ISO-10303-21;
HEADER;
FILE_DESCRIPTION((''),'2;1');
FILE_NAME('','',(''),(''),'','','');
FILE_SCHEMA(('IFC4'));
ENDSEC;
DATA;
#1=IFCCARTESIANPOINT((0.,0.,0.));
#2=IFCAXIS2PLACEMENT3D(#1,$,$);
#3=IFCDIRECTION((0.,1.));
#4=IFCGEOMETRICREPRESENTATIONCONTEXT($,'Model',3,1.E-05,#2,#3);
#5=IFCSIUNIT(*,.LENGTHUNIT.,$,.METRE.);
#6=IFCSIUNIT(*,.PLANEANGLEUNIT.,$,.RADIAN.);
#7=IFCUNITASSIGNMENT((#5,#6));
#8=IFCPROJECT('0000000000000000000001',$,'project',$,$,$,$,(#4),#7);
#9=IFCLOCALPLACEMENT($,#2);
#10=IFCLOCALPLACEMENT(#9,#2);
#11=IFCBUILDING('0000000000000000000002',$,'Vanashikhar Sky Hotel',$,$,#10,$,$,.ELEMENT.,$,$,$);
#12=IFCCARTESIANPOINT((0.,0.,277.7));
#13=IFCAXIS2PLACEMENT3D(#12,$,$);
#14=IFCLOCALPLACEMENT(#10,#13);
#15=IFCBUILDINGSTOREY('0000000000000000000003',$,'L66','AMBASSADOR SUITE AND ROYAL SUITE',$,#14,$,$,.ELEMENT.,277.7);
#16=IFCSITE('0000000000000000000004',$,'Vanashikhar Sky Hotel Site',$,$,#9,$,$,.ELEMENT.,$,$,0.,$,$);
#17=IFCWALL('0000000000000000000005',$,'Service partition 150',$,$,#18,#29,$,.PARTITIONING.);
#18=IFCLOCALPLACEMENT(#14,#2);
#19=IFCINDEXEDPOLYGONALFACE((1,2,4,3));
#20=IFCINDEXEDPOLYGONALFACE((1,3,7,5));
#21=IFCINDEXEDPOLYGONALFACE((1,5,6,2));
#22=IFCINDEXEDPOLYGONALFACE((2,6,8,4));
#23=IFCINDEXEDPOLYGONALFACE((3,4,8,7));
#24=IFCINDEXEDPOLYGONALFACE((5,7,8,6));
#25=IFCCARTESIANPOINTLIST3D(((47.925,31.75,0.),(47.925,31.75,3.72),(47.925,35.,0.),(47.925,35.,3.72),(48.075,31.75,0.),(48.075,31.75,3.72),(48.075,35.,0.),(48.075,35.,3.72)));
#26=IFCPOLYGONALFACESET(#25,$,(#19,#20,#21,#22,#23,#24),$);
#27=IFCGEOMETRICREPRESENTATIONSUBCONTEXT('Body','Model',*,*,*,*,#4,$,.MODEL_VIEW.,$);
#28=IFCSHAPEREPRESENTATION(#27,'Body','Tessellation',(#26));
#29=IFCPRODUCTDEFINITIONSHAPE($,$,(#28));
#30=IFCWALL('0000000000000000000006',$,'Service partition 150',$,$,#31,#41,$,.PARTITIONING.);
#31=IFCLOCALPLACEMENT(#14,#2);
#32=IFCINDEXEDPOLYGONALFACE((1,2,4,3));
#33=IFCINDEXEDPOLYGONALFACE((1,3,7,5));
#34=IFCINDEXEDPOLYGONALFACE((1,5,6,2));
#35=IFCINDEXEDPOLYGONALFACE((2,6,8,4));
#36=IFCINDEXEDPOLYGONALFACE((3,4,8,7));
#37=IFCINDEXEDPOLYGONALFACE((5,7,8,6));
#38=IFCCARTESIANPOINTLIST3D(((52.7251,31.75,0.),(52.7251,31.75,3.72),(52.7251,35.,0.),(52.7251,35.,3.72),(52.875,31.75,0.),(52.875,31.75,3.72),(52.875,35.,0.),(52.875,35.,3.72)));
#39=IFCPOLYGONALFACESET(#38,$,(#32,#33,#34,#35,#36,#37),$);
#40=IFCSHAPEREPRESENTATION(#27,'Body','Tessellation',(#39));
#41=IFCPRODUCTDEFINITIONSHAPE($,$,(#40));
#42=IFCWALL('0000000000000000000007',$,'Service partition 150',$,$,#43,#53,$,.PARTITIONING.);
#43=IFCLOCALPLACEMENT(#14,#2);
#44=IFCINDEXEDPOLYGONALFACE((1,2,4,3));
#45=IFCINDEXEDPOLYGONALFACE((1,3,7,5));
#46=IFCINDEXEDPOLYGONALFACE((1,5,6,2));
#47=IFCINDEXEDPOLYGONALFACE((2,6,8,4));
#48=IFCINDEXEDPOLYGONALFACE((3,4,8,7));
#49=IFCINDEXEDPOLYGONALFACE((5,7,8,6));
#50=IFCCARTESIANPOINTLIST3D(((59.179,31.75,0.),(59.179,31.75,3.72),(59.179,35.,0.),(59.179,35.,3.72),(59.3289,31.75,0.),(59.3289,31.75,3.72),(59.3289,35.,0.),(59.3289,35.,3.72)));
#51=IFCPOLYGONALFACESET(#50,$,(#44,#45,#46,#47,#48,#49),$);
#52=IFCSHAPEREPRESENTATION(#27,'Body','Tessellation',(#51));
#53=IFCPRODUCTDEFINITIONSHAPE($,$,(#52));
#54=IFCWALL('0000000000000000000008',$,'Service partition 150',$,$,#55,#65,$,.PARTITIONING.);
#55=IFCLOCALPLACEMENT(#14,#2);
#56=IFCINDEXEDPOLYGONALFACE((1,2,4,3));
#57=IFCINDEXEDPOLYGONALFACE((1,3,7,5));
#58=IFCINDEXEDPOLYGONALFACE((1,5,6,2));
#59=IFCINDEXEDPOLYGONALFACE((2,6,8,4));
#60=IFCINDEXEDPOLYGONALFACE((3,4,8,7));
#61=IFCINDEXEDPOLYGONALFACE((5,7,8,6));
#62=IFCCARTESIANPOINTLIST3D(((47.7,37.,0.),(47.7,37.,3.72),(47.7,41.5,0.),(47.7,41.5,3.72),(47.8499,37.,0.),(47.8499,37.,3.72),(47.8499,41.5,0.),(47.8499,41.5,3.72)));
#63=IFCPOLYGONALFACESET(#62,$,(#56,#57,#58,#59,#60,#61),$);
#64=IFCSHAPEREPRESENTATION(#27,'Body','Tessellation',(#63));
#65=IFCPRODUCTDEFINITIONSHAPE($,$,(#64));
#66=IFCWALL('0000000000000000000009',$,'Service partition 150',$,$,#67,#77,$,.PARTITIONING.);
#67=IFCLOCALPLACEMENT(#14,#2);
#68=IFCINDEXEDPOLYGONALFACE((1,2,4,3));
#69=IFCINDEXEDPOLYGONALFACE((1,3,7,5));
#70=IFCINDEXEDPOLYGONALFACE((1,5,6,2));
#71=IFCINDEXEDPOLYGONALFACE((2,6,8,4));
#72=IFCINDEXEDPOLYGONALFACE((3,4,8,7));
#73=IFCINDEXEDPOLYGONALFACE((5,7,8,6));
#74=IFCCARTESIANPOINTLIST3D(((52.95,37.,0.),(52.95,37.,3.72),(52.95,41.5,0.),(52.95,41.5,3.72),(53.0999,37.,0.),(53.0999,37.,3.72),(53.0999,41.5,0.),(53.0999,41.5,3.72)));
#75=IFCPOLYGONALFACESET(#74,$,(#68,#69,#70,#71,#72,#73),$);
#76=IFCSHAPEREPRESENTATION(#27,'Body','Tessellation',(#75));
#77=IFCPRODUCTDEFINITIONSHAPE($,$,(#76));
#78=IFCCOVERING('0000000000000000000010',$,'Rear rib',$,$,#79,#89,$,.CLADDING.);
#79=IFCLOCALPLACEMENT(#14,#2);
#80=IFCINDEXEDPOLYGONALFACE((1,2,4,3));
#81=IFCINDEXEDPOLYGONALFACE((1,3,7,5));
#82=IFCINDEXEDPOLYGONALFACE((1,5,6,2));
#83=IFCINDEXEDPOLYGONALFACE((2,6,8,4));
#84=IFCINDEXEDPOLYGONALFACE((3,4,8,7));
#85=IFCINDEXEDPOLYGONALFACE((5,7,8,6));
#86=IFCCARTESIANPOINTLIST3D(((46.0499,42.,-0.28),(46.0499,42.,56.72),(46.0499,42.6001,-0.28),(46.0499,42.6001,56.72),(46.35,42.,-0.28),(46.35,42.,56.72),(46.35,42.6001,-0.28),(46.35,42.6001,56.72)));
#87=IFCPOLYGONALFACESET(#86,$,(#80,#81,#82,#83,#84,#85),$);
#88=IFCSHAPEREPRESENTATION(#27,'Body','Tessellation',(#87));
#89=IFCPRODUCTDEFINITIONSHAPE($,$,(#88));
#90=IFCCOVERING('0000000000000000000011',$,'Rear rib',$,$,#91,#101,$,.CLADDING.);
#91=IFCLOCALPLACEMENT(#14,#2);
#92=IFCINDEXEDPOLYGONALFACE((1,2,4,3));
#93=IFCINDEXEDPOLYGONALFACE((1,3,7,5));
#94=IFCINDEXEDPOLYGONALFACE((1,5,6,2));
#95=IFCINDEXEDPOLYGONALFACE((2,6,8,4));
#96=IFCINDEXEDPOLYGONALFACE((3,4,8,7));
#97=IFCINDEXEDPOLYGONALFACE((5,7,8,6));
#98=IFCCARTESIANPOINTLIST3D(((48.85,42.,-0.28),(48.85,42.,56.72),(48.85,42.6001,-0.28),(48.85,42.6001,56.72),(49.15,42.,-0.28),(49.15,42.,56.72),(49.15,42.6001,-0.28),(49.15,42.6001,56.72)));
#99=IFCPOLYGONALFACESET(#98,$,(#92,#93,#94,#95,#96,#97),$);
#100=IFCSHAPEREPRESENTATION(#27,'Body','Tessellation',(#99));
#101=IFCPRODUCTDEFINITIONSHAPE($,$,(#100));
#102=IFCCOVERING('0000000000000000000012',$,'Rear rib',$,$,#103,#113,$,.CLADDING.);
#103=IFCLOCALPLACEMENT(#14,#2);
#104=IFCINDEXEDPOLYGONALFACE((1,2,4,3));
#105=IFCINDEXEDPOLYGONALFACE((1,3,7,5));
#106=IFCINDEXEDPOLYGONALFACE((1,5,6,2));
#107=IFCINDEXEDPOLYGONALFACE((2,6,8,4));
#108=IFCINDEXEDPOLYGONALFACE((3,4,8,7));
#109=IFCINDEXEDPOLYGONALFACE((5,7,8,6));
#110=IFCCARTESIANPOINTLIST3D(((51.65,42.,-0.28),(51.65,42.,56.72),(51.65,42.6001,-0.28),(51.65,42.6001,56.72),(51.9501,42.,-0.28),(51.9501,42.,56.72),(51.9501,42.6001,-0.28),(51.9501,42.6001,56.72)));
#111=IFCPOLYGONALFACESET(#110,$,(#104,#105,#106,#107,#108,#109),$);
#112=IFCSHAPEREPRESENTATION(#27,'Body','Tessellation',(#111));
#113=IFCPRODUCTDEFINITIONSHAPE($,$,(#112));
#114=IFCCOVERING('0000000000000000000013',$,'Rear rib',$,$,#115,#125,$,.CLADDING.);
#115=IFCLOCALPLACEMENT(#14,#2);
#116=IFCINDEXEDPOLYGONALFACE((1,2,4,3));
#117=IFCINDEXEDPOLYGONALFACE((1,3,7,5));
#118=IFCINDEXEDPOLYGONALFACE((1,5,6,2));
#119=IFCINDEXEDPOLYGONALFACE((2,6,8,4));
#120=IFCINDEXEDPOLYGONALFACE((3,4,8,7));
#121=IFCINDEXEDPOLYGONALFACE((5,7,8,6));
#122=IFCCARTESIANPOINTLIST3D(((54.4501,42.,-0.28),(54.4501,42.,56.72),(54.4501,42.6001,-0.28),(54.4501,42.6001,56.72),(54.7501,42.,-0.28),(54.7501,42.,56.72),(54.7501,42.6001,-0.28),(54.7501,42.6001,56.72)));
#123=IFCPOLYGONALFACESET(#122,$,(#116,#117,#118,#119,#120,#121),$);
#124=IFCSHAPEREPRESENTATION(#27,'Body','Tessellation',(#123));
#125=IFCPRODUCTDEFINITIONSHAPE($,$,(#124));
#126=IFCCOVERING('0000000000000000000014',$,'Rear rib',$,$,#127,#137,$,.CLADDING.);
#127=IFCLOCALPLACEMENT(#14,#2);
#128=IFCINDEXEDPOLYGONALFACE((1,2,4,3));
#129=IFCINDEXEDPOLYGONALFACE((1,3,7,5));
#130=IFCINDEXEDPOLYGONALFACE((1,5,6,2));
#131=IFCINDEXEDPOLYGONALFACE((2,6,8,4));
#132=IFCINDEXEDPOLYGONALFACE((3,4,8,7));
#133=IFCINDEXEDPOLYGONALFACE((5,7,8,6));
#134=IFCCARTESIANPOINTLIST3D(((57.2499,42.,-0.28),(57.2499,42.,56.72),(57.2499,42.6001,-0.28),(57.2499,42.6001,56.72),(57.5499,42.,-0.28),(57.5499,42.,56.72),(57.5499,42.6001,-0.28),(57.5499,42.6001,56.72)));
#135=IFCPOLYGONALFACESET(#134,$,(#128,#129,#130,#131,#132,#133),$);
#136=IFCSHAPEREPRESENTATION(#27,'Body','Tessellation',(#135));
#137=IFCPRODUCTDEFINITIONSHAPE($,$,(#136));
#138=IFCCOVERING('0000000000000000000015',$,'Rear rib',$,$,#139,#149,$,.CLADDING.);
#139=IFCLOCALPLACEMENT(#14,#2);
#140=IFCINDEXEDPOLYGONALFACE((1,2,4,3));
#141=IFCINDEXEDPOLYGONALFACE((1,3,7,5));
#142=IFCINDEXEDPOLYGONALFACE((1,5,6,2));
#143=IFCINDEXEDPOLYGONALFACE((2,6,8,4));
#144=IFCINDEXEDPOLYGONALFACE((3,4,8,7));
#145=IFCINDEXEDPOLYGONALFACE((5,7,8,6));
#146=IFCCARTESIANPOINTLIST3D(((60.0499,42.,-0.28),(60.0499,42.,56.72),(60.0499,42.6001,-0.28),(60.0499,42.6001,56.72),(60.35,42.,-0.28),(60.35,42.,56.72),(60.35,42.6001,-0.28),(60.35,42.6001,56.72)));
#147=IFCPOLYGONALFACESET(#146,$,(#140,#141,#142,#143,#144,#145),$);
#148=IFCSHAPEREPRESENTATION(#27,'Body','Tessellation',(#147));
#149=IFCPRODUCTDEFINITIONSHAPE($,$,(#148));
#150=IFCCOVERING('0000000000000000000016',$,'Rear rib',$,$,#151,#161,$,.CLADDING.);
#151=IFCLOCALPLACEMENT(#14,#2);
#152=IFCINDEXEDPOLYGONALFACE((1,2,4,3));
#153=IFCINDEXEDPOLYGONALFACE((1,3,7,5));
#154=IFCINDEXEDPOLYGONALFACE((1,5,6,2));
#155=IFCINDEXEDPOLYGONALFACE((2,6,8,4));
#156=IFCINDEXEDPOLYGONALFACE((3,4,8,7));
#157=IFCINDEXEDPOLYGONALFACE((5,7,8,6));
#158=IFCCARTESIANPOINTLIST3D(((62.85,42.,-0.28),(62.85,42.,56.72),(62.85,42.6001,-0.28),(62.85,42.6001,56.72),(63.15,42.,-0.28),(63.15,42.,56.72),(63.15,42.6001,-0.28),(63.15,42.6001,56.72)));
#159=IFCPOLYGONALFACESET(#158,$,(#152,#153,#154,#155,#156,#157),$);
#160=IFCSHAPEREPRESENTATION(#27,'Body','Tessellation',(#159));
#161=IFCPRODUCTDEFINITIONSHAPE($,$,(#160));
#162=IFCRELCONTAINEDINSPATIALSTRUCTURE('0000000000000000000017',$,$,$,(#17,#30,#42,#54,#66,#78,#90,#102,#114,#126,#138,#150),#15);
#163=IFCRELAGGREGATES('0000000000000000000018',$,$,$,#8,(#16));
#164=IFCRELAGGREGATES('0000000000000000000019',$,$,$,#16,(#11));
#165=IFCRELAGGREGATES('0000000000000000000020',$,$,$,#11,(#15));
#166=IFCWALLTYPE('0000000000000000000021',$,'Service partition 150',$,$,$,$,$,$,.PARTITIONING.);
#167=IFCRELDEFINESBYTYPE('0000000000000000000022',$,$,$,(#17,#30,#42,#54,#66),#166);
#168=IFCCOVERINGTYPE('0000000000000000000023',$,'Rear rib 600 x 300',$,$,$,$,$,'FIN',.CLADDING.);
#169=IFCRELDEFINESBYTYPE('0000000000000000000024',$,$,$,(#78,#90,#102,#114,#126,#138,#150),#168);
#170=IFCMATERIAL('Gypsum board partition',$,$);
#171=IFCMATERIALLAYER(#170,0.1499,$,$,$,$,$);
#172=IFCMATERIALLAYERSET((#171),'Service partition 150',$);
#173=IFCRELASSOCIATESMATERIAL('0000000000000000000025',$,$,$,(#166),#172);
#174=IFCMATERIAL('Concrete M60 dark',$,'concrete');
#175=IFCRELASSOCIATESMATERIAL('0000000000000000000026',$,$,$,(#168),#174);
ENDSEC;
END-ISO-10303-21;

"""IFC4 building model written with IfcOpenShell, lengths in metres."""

from ifc_helpers import new_model, si_unit, direction, frame, frame_2d, origin, origin_2d, place, context, subcontext, project, spatial, rectangle, extrude, source, transform, mapped, material, layer, layer_set, material_profile, profile_set, type_object, element, save


model = new_model("IFC4")

# Units and contexts
model_context = context("Model", 3, precision=1e-05, world=origin(), true_north=direction((0.0, 1.0)))
body_context = subcontext(model_context, "Body", "Model", "MODEL_VIEW")
ifc_project = project(units=[si_unit("LENGTHUNIT", "METRE"), si_unit("PLANEANGLEUNIT", "RADIAN")], contexts=[model_context])

# Site, building, storey
site_placement = place(None, origin())
site = spatial("IfcSite", under=ifc_project, at=site_placement, Name="Vanashikhar Sky Hotel Site", CompositionType="ELEMENT", RefElevation=0.0)
building_placement = place(site_placement, origin())
building = spatial("IfcBuilding", under=site, at=building_placement, Name="Vanashikhar Sky Hotel", CompositionType="ELEMENT")
storey_placement = place(building_placement, frame((0.0, 0.0, 277.7)))
storey = spatial("IfcBuildingStorey", under=building, at=storey_placement, Name="L66", Description="AMBASSADOR SUITE AND ROYAL SUITE", CompositionType="ELEMENT", Elevation=277.7)

# Walls
ifc_material_1 = material(Name="Gypsum board partition")
ifc_layer_1 = layer(ifc_material_1, 0.1499)
ifc_layer_set_1 = layer_set([ifc_layer_1], Name="Service partition 150")
wall_type_1 = type_object("IfcWallType", Name="Service partition 150", PredefinedType="PARTITIONING", material=ifc_layer_set_1)
shared_shape_1 = source(origin(), body_context, "Body", "SweptSolid", [
    extrude(rectangle(XDim=3.25, YDim=0.1499, at=frame_2d((1.625, 0.0))), origin(), (0.0, 0.0, 1.0), 3.72),
])
for number, where, z_axis, x_axis, name in (
    (1, (48.0, 31.75, 0.0), (0.0, 0.0, 1.0), (0.0, 1.0, 0.0), "Service partition 150"),
    (2, (52.8, 31.75, 0.0), (0.0, 0.0, 1.0), (0.0, 1.0, 0.0), "Service partition 150"),
    (3, (59.2539, 31.75, 0.0), (0.0, 0.0, 1.0), (0.0, 1.0, 0.0), "Service partition 150"),
):
    element("IfcWall", number, at=place(storey_placement, frame(where, z_axis=z_axis, x_axis=x_axis)), inside=storey, type_object=wall_type_1, Name=name, PredefinedType="PARTITIONING", context=body_context, shape_type="MappedRepresentation", body=[
        mapped(shared_shape_1, transform((0.0, 0.0, 0.0), scale=1.0)),
    ])
shared_shape_2 = source(origin(), body_context, "Body", "SweptSolid", [
    extrude(rectangle(XDim=4.5, YDim=0.1499, at=frame_2d((2.25, 0.0))), origin(), (0.0, 0.0, 1.0), 3.72),
])
for number, where, z_axis, x_axis, name in (
    (4, (47.7749, 37.0, 0.0), (0.0, 0.0, 1.0), (0.0, 1.0, 0.0), "Service partition 150"),
    (5, (53.0249, 37.0, 0.0), (0.0, 0.0, 1.0), (0.0, 1.0, 0.0), "Service partition 150"),
):
    element("IfcWall", number, at=place(storey_placement, frame(where, z_axis=z_axis, x_axis=x_axis)), inside=storey, type_object=wall_type_1, Name=name, PredefinedType="PARTITIONING", context=body_context, shape_type="MappedRepresentation", body=[
        mapped(shared_shape_2, transform((0.0, 0.0, 0.0), scale=1.0)),
    ])

# Coverings
ifc_material_2 = material(Name="Concrete M60 dark", Category="concrete")
ifc_material_profile = material_profile(ifc_material_2, rectangle(XDim=0.6001, YDim=0.3, at=origin_2d()))
ifc_profile_set = profile_set([ifc_material_profile], Name="Rear rib 600 x 300")
covering_type = type_object("IfcCoveringType", Name="Rear rib 600 x 300", ElementType="FIN", PredefinedType="CLADDING", material=ifc_profile_set)
shared_shape_3 = source(origin(), body_context, "Body", "SweptSolid", [
    extrude(rectangle(XDim=0.6001, YDim=0.3, at=origin_2d()), origin(), (0.0, 0.0, 1.0), 57.0),
])
for number, where, z_axis, x_axis, name in (
    (6, (46.2, 42.3, -0.28), (0.0, 0.0, 1.0), (0.0, 1.0, 0.0), "Rear rib"),
    (7, (49.0, 42.3, -0.28), (0.0, 0.0, 1.0), (0.0, 1.0, 0.0), "Rear rib"),
    (8, (51.8, 42.3, -0.28), (0.0, 0.0, 1.0), (0.0, 1.0, 0.0), "Rear rib"),
    (9, (54.6001, 42.3, -0.28), (0.0, 0.0, 1.0), (0.0, 1.0, 0.0), "Rear rib"),
    (10, (57.3999, 42.3, -0.28), (0.0, 0.0, 1.0), (0.0, 1.0, 0.0), "Rear rib"),
    (11, (60.2, 42.3, -0.28), (0.0, 0.0, 1.0), (0.0, 1.0, 0.0), "Rear rib"),
    (12, (63.0, 42.3, -0.28), (0.0, 0.0, 1.0), (0.0, 1.0, 0.0), "Rear rib"),
):
    element("IfcCovering", number, at=place(storey_placement, frame(where, z_axis=z_axis, x_axis=x_axis)), inside=storey, type_object=covering_type, Name=name, PredefinedType="CLADDING", context=body_context, shape_type="MappedRepresentation", body=[
        mapped(shared_shape_3, transform((0.0, 0.0, 0.0), scale=1.0)),
    ])

save(model, "model.ifc")
